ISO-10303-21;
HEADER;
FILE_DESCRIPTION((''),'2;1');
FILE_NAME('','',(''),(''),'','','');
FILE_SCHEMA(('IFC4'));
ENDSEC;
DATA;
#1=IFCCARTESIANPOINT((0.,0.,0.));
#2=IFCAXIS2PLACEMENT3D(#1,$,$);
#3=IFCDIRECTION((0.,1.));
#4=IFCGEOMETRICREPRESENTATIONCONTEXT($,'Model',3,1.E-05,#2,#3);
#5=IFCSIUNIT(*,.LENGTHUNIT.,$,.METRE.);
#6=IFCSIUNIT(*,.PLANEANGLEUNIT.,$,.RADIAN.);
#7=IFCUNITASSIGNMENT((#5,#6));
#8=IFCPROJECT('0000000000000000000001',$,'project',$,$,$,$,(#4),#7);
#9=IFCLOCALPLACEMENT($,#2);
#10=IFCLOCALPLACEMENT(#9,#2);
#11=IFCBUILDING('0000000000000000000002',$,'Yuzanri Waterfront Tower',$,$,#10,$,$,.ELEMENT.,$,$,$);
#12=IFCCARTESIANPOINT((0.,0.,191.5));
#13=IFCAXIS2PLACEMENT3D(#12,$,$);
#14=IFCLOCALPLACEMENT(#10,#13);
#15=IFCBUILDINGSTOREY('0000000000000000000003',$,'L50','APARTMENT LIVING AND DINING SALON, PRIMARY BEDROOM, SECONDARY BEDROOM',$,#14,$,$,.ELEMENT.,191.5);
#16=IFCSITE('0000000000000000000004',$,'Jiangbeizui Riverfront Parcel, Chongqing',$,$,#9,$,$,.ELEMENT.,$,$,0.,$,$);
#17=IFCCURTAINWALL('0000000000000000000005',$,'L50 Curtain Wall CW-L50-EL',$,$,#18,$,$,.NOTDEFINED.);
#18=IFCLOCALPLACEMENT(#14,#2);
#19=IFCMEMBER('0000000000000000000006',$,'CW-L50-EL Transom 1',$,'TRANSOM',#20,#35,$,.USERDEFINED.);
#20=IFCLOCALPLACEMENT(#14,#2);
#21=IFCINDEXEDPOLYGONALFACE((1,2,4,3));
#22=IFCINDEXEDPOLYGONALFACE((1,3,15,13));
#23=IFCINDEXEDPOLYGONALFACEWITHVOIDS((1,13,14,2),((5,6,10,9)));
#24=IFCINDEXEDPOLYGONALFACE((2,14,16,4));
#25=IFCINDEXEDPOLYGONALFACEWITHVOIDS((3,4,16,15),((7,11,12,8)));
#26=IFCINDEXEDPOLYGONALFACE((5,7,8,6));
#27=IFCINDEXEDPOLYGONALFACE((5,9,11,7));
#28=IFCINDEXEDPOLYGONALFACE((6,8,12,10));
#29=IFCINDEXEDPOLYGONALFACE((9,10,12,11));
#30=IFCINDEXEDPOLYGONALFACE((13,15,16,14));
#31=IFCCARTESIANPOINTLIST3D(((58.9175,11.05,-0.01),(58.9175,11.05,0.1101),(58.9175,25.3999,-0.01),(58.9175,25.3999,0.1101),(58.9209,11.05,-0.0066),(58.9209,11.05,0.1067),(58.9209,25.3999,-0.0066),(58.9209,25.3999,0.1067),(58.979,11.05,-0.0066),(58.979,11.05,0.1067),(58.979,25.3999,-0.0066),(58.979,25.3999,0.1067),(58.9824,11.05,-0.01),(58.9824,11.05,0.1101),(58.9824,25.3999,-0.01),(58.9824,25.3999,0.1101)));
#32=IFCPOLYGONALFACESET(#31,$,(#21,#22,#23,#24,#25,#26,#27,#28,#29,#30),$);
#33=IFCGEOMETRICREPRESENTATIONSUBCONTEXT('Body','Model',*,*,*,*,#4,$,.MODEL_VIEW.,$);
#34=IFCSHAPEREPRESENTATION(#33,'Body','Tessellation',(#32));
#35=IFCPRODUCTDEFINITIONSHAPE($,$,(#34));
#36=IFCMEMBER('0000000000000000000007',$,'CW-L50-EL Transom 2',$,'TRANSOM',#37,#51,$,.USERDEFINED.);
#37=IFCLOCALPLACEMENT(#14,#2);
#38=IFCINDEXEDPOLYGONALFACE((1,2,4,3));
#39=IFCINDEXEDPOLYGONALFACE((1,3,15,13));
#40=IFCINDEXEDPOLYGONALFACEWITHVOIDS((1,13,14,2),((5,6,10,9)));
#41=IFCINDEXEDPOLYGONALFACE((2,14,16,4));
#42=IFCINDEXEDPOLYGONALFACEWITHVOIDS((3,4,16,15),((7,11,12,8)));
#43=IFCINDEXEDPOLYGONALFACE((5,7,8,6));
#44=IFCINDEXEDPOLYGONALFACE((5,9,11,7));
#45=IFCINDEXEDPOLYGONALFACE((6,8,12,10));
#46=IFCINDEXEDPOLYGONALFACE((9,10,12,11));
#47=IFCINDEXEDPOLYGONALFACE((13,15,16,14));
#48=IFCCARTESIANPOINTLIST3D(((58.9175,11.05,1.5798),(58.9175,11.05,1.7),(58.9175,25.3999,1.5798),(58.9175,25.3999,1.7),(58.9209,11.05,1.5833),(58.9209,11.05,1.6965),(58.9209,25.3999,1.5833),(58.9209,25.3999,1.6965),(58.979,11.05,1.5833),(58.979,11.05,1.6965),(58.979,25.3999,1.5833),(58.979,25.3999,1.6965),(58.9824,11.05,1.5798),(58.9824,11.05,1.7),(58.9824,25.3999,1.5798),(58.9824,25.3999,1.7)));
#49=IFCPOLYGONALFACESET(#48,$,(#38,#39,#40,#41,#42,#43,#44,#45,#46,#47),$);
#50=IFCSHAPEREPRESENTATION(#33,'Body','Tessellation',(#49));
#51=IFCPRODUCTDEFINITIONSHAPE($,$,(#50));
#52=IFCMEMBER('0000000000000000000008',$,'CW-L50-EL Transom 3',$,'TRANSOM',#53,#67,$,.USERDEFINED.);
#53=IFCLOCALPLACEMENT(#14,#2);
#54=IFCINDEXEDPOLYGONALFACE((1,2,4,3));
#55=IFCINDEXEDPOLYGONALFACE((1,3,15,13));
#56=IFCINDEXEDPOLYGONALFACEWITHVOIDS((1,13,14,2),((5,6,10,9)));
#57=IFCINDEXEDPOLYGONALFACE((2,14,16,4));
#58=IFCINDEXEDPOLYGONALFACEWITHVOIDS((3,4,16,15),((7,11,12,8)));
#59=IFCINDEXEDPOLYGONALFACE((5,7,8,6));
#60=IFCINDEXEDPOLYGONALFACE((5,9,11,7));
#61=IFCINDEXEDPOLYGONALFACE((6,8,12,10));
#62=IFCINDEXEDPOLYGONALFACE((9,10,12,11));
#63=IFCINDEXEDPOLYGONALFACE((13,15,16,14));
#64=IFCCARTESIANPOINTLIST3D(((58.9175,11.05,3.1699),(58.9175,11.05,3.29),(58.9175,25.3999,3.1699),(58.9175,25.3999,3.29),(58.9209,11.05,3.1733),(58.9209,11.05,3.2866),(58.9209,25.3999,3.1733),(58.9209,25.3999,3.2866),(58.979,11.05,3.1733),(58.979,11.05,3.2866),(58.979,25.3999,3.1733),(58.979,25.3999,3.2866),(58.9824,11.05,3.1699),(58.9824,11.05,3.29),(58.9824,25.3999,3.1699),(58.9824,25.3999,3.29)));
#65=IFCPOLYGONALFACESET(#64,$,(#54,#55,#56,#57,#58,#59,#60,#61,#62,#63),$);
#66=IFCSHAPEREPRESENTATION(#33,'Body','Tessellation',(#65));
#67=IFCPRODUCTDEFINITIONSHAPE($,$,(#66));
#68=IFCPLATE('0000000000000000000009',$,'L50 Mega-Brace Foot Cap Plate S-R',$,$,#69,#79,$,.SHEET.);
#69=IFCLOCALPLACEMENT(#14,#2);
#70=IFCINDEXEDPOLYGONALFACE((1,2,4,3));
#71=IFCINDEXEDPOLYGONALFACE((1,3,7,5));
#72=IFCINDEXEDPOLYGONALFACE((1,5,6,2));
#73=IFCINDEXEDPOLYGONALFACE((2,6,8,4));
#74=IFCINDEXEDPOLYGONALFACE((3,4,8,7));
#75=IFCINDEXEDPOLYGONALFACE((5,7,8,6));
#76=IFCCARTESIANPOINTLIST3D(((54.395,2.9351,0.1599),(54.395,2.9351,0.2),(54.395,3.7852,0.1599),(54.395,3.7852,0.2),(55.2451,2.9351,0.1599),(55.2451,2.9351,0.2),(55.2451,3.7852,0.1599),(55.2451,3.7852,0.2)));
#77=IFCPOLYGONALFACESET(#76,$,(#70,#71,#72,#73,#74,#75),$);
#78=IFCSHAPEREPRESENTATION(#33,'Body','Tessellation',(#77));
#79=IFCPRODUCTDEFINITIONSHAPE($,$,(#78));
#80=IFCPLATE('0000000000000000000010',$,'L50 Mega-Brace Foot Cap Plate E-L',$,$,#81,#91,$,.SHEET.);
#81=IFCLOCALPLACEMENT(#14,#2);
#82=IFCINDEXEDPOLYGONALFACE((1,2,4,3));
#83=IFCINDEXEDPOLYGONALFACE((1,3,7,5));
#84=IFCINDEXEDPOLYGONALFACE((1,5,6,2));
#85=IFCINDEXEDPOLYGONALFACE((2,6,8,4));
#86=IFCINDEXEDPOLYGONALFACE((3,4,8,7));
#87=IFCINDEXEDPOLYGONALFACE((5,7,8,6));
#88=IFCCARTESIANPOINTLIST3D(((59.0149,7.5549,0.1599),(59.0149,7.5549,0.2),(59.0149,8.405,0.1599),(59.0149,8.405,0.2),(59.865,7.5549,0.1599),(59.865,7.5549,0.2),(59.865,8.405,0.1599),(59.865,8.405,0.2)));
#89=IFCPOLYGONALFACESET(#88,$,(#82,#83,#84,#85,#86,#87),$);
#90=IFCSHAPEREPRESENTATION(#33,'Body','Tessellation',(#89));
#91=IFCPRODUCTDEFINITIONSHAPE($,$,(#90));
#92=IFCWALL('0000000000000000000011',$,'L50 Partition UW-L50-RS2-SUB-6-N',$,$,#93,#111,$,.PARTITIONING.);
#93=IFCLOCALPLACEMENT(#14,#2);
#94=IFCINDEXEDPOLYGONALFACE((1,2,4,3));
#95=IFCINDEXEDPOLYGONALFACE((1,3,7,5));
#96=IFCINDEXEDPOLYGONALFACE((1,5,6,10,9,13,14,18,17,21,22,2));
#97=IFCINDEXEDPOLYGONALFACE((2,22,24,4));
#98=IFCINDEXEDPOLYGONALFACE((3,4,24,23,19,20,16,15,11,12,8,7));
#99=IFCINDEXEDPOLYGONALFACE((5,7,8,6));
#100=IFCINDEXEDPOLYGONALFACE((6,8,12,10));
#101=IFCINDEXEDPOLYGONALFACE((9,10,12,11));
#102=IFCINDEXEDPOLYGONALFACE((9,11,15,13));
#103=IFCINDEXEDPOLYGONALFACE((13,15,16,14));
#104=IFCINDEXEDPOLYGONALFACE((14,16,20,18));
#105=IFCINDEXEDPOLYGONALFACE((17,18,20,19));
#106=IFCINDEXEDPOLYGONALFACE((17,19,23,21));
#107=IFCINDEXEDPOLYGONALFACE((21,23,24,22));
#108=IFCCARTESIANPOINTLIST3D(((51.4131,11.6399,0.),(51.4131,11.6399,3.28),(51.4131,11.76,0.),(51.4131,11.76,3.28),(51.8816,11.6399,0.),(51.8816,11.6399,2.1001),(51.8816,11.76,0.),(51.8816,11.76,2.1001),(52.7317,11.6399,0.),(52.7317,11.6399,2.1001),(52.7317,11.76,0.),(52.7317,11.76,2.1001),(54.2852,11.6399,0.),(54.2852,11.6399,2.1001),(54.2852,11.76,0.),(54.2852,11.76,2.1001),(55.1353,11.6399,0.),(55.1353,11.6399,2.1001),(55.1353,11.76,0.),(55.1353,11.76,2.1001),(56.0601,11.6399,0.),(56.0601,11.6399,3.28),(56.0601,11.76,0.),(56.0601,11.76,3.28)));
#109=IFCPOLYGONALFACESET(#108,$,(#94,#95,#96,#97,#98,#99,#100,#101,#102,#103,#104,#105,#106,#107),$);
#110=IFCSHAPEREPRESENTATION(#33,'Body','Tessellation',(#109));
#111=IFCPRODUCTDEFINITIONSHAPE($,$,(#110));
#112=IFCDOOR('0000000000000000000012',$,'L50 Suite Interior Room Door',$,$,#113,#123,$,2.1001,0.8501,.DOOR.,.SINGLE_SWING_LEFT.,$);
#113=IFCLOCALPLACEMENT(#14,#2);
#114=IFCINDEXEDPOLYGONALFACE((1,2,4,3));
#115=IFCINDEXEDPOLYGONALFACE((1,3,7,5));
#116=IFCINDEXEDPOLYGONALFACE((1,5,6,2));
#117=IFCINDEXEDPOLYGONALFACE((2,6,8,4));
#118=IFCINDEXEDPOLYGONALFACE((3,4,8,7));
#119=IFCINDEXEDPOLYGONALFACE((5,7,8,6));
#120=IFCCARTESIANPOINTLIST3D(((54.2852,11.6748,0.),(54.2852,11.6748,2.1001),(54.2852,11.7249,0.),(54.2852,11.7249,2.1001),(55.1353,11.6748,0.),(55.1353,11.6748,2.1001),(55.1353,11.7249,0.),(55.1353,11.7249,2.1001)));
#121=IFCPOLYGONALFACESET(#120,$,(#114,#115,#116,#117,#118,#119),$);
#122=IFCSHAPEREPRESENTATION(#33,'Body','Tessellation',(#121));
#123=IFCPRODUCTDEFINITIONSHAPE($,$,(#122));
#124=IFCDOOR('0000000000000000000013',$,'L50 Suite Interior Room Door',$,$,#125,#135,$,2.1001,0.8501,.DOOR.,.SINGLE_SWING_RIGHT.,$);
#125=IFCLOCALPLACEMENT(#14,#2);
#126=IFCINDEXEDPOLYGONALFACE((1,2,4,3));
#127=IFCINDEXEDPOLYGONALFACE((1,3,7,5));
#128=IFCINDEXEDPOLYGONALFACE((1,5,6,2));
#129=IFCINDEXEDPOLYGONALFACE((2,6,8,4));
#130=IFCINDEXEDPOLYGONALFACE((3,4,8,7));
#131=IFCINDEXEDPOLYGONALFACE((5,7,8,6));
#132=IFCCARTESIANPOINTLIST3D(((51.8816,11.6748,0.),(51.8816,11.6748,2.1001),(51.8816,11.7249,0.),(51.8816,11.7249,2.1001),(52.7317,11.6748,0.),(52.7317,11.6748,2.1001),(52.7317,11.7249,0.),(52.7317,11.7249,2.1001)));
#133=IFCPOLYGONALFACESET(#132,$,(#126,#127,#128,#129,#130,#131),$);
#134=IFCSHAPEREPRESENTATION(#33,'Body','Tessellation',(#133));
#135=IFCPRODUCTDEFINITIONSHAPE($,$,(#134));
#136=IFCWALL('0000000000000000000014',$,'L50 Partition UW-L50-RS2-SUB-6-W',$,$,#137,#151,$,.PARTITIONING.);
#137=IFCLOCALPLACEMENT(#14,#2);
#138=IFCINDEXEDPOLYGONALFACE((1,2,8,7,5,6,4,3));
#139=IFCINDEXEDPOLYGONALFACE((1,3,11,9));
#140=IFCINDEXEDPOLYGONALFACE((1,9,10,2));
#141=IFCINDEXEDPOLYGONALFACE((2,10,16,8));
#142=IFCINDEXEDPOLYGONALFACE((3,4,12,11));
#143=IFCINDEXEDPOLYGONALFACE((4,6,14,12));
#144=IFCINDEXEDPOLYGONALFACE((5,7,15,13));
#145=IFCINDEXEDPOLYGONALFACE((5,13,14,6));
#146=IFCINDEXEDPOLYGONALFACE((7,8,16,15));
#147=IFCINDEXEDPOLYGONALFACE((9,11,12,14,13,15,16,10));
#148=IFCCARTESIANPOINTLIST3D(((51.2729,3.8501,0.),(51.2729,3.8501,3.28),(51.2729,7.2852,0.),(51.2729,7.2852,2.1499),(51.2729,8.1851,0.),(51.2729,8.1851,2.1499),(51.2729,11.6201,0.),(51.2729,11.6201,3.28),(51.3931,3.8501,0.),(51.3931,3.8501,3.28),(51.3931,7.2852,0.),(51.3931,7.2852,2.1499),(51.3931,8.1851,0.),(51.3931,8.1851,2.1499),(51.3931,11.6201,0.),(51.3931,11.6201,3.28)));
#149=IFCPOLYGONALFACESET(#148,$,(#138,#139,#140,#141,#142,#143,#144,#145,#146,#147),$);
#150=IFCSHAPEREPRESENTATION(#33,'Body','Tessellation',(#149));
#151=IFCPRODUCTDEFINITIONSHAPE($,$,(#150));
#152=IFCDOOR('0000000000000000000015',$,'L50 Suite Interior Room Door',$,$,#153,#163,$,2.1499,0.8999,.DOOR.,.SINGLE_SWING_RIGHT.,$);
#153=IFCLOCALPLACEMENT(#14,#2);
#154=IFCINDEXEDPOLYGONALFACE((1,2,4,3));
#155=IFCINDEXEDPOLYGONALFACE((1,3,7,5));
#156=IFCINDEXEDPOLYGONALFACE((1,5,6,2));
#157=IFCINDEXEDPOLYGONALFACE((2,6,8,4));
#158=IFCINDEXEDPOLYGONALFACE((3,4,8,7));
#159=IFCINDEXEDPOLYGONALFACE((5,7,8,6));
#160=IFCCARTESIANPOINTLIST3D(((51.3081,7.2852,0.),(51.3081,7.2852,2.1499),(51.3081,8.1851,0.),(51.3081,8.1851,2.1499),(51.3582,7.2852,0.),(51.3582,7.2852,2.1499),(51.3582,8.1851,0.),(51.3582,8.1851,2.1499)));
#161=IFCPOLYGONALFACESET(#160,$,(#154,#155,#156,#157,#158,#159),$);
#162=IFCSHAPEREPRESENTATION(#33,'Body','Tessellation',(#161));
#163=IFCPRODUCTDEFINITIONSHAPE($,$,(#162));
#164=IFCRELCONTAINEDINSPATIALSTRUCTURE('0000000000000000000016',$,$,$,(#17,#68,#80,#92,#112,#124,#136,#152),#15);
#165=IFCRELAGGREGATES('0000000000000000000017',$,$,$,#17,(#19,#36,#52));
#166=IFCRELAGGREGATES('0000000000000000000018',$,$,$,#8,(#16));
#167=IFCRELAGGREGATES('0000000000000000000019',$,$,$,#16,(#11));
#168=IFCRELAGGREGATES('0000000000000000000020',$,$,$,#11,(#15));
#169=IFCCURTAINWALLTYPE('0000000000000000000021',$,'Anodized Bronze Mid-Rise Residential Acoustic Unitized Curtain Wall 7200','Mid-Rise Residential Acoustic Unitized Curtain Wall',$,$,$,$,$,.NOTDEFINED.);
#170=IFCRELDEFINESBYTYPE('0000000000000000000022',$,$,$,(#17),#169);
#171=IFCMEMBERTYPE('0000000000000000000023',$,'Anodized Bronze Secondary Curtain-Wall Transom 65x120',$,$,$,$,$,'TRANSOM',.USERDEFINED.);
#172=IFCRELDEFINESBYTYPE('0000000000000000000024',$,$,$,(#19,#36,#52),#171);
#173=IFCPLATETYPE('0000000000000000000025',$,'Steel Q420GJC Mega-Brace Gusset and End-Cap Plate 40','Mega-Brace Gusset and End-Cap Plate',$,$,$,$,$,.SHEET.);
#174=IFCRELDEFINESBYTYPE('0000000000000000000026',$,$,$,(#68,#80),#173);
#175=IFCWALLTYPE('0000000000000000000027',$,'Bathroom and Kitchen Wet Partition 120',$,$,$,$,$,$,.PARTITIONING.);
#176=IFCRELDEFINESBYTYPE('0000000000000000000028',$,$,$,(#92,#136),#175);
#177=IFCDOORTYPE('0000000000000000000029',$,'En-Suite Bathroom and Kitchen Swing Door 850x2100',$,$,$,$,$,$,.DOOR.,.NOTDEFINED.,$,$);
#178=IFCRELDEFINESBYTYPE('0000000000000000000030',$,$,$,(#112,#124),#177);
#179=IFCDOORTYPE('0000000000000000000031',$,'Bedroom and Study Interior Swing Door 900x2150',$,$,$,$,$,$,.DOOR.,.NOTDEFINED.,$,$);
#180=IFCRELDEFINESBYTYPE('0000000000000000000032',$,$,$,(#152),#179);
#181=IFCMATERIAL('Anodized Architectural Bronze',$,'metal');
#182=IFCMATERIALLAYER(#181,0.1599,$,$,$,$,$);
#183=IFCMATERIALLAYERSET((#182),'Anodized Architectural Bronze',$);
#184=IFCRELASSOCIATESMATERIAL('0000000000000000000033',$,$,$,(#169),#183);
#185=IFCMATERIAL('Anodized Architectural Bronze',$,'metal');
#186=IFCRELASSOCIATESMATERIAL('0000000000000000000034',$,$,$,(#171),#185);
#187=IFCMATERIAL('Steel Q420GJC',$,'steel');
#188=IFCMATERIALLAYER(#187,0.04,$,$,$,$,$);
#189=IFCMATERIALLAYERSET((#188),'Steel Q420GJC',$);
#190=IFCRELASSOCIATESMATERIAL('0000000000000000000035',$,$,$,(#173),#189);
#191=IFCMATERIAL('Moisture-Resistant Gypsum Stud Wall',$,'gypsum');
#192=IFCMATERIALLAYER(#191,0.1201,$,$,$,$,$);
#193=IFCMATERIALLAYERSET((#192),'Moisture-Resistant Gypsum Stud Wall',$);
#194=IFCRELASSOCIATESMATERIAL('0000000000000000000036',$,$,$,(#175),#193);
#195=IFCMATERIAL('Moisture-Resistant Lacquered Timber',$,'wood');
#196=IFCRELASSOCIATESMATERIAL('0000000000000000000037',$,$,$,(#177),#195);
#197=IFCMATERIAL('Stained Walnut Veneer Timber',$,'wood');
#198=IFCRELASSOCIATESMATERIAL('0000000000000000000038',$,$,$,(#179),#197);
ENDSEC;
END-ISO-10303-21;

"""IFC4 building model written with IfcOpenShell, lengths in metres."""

from ifc_helpers import new_model, si_unit, direction, frame, frame_2d, origin, origin_2d, place, context, subcontext, project, spatial, rectangle, hollow_rectangle, extrude, source, transform, mapped, material, layer, layer_set, material_profile, profile_set, type_object, element, fill, aggregate, save


model = new_model("IFC4")

# Units and contexts
model_context = context("Model", 3, precision=1e-05, world=origin(), true_north=direction((0.0, 1.0)))
body_context = subcontext(model_context, "Body", "Model", "MODEL_VIEW")
ifc_project = project(units=[si_unit("LENGTHUNIT", "METRE"), si_unit("PLANEANGLEUNIT", "RADIAN")], contexts=[model_context])

# Site, building, storey
site_placement = place(None, origin())
site = spatial("IfcSite", under=ifc_project, at=site_placement, Name="Jiangbeizui Riverfront Parcel, Chongqing", CompositionType="ELEMENT", RefElevation=0.0)
building_placement = place(site_placement, origin())
building = spatial("IfcBuilding", under=site, at=building_placement, Name="Yuzanri Waterfront Tower", CompositionType="ELEMENT")
storey_placement = place(building_placement, frame((0.0, 0.0, 191.5)))
storey = spatial("IfcBuildingStorey", under=building, at=storey_placement, Name="L50", Description="APARTMENT LIVING AND DINING SALON, PRIMARY BEDROOM, SECONDARY BEDROOM", CompositionType="ELEMENT", Elevation=191.5)

# Curtain wall, members
ifc_material_1 = material(Name="Anodized Architectural Bronze", Category="metal")
ifc_layer_1 = layer(ifc_material_1, 0.1599)
ifc_layer_set_1 = layer_set([ifc_layer_1], Name="Anodized Architectural Bronze")
curtain_wall_type = type_object("IfcCurtainWallType", Name="Anodized Bronze Mid-Rise Residential Acoustic Unitized Curtain Wall 7200", Description="Mid-Rise Residential Acoustic Unitized Curtain Wall", PredefinedType="NOTDEFINED", material=ifc_layer_set_1)
curtain_wall_1_placement = place(storey_placement, origin())
curtain_wall_1 = element("IfcCurtainWall", 1, at=curtain_wall_1_placement, inside=storey, type_object=curtain_wall_type, Name="L50 Curtain Wall CW-L50-EL", PredefinedType="NOTDEFINED")
ifc_material_2 = material(Name="Anodized Architectural Bronze", Category="metal")
ifc_material_profile_1 = material_profile(ifc_material_2, hollow_rectangle(XDim=0.0649, YDim=0.1201, WallThickness=0.0034, at=origin_2d()), Name="CWT 65x120")
ifc_profile_set_1 = profile_set([ifc_material_profile_1], Name="Anodized Architectural Bronze")
member_type_1 = type_object("IfcMemberType", Name="Anodized Bronze Secondary Curtain-Wall Transom 65x120", ElementType="TRANSOM", PredefinedType="USERDEFINED", material=ifc_profile_set_1)
shared_shape_1 = source(origin(), body_context, "Body", "SweptSolid", [
    extrude(hollow_rectangle(XDim=0.0649, YDim=0.1201, WallThickness=0.0034, at=origin_2d()), origin(), (0.0, 0.0, 1.0), 14.3499),
])
member_1_placement = place(storey_placement, frame((58.95, 11.05, 0.05), z_axis=(0.0, 1.0, 0.0), x_axis=(-1.0, 0.0, 0.0)))
member_1 = element("IfcMember", 2, at=member_1_placement, type_object=member_type_1, Name="CW-L50-EL Transom 1", ObjectType="TRANSOM", PredefinedType="USERDEFINED", context=body_context, shape_type="MappedRepresentation", body=[
    mapped(shared_shape_1, transform((0.0, 0.0, 0.0), scale=1.0)),
])
member_2_placement = place(storey_placement, frame((58.95, 11.05, 1.6399), z_axis=(0.0, 1.0, 0.0), x_axis=(-1.0, 0.0, 0.0)))
member_2 = element("IfcMember", 3, at=member_2_placement, type_object=member_type_1, Name="CW-L50-EL Transom 2", ObjectType="TRANSOM", PredefinedType="USERDEFINED", context=body_context, shape_type="MappedRepresentation", body=[
    mapped(shared_shape_1, transform((0.0, 0.0, 0.0), scale=1.0)),
])
member_3_placement = place(storey_placement, frame((58.95, 11.05, 3.23), z_axis=(0.0, 1.0, 0.0), x_axis=(-1.0, 0.0, 0.0)))
member_3 = element("IfcMember", 4, at=member_3_placement, type_object=member_type_1, Name="CW-L50-EL Transom 3", ObjectType="TRANSOM", PredefinedType="USERDEFINED", context=body_context, shape_type="MappedRepresentation", body=[
    mapped(shared_shape_1, transform((0.0, 0.0, 0.0), scale=1.0)),
])
aggregate(curtain_wall_1, [member_1, member_2, member_3])

# Plates
ifc_material_3 = material(Name="Steel Q420GJC", Category="steel")
ifc_layer_2 = layer(ifc_material_3, 0.04)
ifc_layer_set_2 = layer_set([ifc_layer_2], Name="Steel Q420GJC")
plate_type = type_object("IfcPlateType", Name="Steel Q420GJC Mega-Brace Gusset and End-Cap Plate 40", Description="Mega-Brace Gusset and End-Cap Plate", PredefinedType="SHEET", material=ifc_layer_set_2)
shared_shape_2 = source(origin(), body_context, "Body", "SweptSolid", [
    extrude(rectangle(XDim=0.8501, YDim=0.8501, at=origin_2d()), origin(), (0.0, 0.0, 1.0), 0.04),
])
for number, where, z_axis, x_axis, name in (
    (5, (54.8201, 3.3601, 0.1599), (0.0, 0.0, 1.0), (1.0, 0.0, 0.0), "L50 Mega-Brace Foot Cap Plate S-R"),
    (6, (59.4399, 7.98, 0.1599), (0.0, 0.0, 1.0), (1.0, 0.0, 0.0), "L50 Mega-Brace Foot Cap Plate E-L"),
):
    element("IfcPlate", number, at=place(storey_placement, frame(where, z_axis=z_axis, x_axis=x_axis)), inside=storey, type_object=plate_type, Name=name, PredefinedType="SHEET", context=body_context, shape_type="MappedRepresentation", body=[
        mapped(shared_shape_2, transform((0.0, 0.0, 0.0), scale=1.0)),
    ])

# Wall, openings, doors
ifc_material_4 = material(Name="Moisture-Resistant Gypsum Stud Wall", Category="gypsum")
ifc_layer_3 = layer(ifc_material_4, 0.1201)
ifc_layer_set_3 = layer_set([ifc_layer_3], Name="Moisture-Resistant Gypsum Stud Wall")
wall_type_1 = type_object("IfcWallType", Name="Bathroom and Kitchen Wet Partition 120", PredefinedType="PARTITIONING", material=ifc_layer_set_3)
wall_1_placement = place(storey_placement, frame((51.4131, 11.7, 0.0), z_axis=(0.0, 0.0, 1.0), x_axis=(1.0, 0.0, 0.0)))
wall_1 = element("IfcWall", 7, at=wall_1_placement, inside=storey, type_object=wall_type_1, Name="L50 Partition UW-L50-RS2-SUB-6-N", PredefinedType="PARTITIONING", context=body_context, shape_type="SweptSolid", body=[
    extrude(rectangle(XDim=4.647, YDim=0.1201, at=frame_2d((2.3235, 0.0))), origin(), (0.0, 0.0, 1.0), 3.28),
])
opening_1_placement = place(wall_1_placement, frame((2.8721, 0.0, 0.0)))
opening_1 = element("IfcOpeningElement", 8, at=opening_1_placement, cuts=wall_1, PredefinedType="OPENING", context=body_context, shape_type="SweptSolid", body=[
    extrude(rectangle(XDim=0.8501, YDim=2.1001, at=frame_2d((0.425, 1.05))), frame((0.0, 0.075, 0.0), z_axis=(0.0, -1.0, 0.0), x_axis=(1.0, 0.0, 0.0)), (0.0, 0.0, 1.0), 0.1499),
])
opening_2_placement = place(wall_1_placement, frame((0.4685, 0.0, 0.0)))
opening_2 = element("IfcOpeningElement", 9, at=opening_2_placement, cuts=wall_1, PredefinedType="OPENING", context=body_context, shape_type="SweptSolid", body=[
    extrude(rectangle(XDim=0.8501, YDim=2.1001, at=frame_2d((0.425, 1.05))), frame((0.0, 0.075, 0.0), z_axis=(0.0, -1.0, 0.0), x_axis=(1.0, 0.0, 0.0)), (0.0, 0.0, 1.0), 0.1499),
])
ifc_material_5 = material(Name="Moisture-Resistant Lacquered Timber", Category="wood")
door_type_1 = type_object("IfcDoorType", Name="En-Suite Bathroom and Kitchen Swing Door 850x2100", OperationType="NOTDEFINED", PredefinedType="DOOR", material=ifc_material_5)
shared_shape_3 = source(origin(), body_context, "Body", "SweptSolid", [
    extrude(rectangle(XDim=0.8501, YDim=2.1001, at=frame_2d((0.425, 1.05))), frame((0.0, 0.0249, 0.0), z_axis=(0.0, -1.0, 0.0), x_axis=(1.0, 0.0, 0.0)), (0.0, 0.0, 1.0), 0.05),
])
door_1_placement = place(opening_1_placement, origin())
door_1 = element("IfcDoor", 10, at=door_1_placement, inside=storey, type_object=door_type_1, Name="L50 Suite Interior Room Door", OperationType="SINGLE_SWING_LEFT", OverallHeight=2.1001, OverallWidth=0.8501, PredefinedType="DOOR", context=body_context, shape_type="MappedRepresentation", body=[
    mapped(shared_shape_3, transform((0.0, 0.0, 0.0), scale=1.0)),
])
fill(opening_1, door_1)
door_2_placement = place(opening_2_placement, origin())
door_2 = element("IfcDoor", 11, at=door_2_placement, inside=storey, type_object=door_type_1, Name="L50 Suite Interior Room Door", OperationType="SINGLE_SWING_RIGHT", OverallHeight=2.1001, OverallWidth=0.8501, PredefinedType="DOOR", context=body_context, shape_type="MappedRepresentation", body=[
    mapped(shared_shape_3, transform((0.0, 0.0, 0.0), scale=1.0)),
])
fill(opening_2, door_2)

# Wall, opening, door
wall_2_placement = place(storey_placement, frame((51.333, 3.8501, 0.0), z_axis=(0.0, 0.0, 1.0), x_axis=(0.0, 1.0, 0.0)))
wall_2 = element("IfcWall", 12, at=wall_2_placement, inside=storey, type_object=wall_type_1, Name="L50 Partition UW-L50-RS2-SUB-6-W", PredefinedType="PARTITIONING", context=body_context, shape_type="SweptSolid", body=[
    extrude(rectangle(XDim=7.77, YDim=0.1201, at=frame_2d((3.885, 0.0))), origin(), (0.0, 0.0, 1.0), 3.28),
])
opening_3_placement = place(wall_2_placement, frame((3.4351, 0.0, 0.0)))
opening_3 = element("IfcOpeningElement", 13, at=opening_3_placement, cuts=wall_2, PredefinedType="OPENING", context=body_context, shape_type="SweptSolid", body=[
    extrude(rectangle(XDim=0.8999, YDim=2.1499, at=frame_2d((0.45, 1.075))), frame((0.0, 0.075, 0.0), z_axis=(0.0, -1.0, 0.0), x_axis=(1.0, 0.0, 0.0)), (0.0, 0.0, 1.0), 0.1499),
])
ifc_material_6 = material(Name="Stained Walnut Veneer Timber", Category="wood")
door_type_2 = type_object("IfcDoorType", Name="Bedroom and Study Interior Swing Door 900x2150", OperationType="NOTDEFINED", PredefinedType="DOOR", material=ifc_material_6)
shared_shape_4 = source(origin(), body_context, "Body", "SweptSolid", [
    extrude(rectangle(XDim=0.8999, YDim=2.1499, at=frame_2d((0.45, 1.075))), frame((0.0, 0.0249, 0.0), z_axis=(0.0, -1.0, 0.0), x_axis=(1.0, 0.0, 0.0)), (0.0, 0.0, 1.0), 0.05),
])
door_3_placement = place(opening_3_placement, origin())
door_3 = element("IfcDoor", 14, at=door_3_placement, inside=storey, type_object=door_type_2, Name="L50 Suite Interior Room Door", OperationType="SINGLE_SWING_RIGHT", OverallHeight=2.1499, OverallWidth=0.8999, PredefinedType="DOOR", context=body_context, shape_type="MappedRepresentation", body=[
    mapped(shared_shape_4, transform((0.0, 0.0, 0.0), scale=1.0)),
])
fill(opening_3, door_3)

save(model, "model.ifc")
